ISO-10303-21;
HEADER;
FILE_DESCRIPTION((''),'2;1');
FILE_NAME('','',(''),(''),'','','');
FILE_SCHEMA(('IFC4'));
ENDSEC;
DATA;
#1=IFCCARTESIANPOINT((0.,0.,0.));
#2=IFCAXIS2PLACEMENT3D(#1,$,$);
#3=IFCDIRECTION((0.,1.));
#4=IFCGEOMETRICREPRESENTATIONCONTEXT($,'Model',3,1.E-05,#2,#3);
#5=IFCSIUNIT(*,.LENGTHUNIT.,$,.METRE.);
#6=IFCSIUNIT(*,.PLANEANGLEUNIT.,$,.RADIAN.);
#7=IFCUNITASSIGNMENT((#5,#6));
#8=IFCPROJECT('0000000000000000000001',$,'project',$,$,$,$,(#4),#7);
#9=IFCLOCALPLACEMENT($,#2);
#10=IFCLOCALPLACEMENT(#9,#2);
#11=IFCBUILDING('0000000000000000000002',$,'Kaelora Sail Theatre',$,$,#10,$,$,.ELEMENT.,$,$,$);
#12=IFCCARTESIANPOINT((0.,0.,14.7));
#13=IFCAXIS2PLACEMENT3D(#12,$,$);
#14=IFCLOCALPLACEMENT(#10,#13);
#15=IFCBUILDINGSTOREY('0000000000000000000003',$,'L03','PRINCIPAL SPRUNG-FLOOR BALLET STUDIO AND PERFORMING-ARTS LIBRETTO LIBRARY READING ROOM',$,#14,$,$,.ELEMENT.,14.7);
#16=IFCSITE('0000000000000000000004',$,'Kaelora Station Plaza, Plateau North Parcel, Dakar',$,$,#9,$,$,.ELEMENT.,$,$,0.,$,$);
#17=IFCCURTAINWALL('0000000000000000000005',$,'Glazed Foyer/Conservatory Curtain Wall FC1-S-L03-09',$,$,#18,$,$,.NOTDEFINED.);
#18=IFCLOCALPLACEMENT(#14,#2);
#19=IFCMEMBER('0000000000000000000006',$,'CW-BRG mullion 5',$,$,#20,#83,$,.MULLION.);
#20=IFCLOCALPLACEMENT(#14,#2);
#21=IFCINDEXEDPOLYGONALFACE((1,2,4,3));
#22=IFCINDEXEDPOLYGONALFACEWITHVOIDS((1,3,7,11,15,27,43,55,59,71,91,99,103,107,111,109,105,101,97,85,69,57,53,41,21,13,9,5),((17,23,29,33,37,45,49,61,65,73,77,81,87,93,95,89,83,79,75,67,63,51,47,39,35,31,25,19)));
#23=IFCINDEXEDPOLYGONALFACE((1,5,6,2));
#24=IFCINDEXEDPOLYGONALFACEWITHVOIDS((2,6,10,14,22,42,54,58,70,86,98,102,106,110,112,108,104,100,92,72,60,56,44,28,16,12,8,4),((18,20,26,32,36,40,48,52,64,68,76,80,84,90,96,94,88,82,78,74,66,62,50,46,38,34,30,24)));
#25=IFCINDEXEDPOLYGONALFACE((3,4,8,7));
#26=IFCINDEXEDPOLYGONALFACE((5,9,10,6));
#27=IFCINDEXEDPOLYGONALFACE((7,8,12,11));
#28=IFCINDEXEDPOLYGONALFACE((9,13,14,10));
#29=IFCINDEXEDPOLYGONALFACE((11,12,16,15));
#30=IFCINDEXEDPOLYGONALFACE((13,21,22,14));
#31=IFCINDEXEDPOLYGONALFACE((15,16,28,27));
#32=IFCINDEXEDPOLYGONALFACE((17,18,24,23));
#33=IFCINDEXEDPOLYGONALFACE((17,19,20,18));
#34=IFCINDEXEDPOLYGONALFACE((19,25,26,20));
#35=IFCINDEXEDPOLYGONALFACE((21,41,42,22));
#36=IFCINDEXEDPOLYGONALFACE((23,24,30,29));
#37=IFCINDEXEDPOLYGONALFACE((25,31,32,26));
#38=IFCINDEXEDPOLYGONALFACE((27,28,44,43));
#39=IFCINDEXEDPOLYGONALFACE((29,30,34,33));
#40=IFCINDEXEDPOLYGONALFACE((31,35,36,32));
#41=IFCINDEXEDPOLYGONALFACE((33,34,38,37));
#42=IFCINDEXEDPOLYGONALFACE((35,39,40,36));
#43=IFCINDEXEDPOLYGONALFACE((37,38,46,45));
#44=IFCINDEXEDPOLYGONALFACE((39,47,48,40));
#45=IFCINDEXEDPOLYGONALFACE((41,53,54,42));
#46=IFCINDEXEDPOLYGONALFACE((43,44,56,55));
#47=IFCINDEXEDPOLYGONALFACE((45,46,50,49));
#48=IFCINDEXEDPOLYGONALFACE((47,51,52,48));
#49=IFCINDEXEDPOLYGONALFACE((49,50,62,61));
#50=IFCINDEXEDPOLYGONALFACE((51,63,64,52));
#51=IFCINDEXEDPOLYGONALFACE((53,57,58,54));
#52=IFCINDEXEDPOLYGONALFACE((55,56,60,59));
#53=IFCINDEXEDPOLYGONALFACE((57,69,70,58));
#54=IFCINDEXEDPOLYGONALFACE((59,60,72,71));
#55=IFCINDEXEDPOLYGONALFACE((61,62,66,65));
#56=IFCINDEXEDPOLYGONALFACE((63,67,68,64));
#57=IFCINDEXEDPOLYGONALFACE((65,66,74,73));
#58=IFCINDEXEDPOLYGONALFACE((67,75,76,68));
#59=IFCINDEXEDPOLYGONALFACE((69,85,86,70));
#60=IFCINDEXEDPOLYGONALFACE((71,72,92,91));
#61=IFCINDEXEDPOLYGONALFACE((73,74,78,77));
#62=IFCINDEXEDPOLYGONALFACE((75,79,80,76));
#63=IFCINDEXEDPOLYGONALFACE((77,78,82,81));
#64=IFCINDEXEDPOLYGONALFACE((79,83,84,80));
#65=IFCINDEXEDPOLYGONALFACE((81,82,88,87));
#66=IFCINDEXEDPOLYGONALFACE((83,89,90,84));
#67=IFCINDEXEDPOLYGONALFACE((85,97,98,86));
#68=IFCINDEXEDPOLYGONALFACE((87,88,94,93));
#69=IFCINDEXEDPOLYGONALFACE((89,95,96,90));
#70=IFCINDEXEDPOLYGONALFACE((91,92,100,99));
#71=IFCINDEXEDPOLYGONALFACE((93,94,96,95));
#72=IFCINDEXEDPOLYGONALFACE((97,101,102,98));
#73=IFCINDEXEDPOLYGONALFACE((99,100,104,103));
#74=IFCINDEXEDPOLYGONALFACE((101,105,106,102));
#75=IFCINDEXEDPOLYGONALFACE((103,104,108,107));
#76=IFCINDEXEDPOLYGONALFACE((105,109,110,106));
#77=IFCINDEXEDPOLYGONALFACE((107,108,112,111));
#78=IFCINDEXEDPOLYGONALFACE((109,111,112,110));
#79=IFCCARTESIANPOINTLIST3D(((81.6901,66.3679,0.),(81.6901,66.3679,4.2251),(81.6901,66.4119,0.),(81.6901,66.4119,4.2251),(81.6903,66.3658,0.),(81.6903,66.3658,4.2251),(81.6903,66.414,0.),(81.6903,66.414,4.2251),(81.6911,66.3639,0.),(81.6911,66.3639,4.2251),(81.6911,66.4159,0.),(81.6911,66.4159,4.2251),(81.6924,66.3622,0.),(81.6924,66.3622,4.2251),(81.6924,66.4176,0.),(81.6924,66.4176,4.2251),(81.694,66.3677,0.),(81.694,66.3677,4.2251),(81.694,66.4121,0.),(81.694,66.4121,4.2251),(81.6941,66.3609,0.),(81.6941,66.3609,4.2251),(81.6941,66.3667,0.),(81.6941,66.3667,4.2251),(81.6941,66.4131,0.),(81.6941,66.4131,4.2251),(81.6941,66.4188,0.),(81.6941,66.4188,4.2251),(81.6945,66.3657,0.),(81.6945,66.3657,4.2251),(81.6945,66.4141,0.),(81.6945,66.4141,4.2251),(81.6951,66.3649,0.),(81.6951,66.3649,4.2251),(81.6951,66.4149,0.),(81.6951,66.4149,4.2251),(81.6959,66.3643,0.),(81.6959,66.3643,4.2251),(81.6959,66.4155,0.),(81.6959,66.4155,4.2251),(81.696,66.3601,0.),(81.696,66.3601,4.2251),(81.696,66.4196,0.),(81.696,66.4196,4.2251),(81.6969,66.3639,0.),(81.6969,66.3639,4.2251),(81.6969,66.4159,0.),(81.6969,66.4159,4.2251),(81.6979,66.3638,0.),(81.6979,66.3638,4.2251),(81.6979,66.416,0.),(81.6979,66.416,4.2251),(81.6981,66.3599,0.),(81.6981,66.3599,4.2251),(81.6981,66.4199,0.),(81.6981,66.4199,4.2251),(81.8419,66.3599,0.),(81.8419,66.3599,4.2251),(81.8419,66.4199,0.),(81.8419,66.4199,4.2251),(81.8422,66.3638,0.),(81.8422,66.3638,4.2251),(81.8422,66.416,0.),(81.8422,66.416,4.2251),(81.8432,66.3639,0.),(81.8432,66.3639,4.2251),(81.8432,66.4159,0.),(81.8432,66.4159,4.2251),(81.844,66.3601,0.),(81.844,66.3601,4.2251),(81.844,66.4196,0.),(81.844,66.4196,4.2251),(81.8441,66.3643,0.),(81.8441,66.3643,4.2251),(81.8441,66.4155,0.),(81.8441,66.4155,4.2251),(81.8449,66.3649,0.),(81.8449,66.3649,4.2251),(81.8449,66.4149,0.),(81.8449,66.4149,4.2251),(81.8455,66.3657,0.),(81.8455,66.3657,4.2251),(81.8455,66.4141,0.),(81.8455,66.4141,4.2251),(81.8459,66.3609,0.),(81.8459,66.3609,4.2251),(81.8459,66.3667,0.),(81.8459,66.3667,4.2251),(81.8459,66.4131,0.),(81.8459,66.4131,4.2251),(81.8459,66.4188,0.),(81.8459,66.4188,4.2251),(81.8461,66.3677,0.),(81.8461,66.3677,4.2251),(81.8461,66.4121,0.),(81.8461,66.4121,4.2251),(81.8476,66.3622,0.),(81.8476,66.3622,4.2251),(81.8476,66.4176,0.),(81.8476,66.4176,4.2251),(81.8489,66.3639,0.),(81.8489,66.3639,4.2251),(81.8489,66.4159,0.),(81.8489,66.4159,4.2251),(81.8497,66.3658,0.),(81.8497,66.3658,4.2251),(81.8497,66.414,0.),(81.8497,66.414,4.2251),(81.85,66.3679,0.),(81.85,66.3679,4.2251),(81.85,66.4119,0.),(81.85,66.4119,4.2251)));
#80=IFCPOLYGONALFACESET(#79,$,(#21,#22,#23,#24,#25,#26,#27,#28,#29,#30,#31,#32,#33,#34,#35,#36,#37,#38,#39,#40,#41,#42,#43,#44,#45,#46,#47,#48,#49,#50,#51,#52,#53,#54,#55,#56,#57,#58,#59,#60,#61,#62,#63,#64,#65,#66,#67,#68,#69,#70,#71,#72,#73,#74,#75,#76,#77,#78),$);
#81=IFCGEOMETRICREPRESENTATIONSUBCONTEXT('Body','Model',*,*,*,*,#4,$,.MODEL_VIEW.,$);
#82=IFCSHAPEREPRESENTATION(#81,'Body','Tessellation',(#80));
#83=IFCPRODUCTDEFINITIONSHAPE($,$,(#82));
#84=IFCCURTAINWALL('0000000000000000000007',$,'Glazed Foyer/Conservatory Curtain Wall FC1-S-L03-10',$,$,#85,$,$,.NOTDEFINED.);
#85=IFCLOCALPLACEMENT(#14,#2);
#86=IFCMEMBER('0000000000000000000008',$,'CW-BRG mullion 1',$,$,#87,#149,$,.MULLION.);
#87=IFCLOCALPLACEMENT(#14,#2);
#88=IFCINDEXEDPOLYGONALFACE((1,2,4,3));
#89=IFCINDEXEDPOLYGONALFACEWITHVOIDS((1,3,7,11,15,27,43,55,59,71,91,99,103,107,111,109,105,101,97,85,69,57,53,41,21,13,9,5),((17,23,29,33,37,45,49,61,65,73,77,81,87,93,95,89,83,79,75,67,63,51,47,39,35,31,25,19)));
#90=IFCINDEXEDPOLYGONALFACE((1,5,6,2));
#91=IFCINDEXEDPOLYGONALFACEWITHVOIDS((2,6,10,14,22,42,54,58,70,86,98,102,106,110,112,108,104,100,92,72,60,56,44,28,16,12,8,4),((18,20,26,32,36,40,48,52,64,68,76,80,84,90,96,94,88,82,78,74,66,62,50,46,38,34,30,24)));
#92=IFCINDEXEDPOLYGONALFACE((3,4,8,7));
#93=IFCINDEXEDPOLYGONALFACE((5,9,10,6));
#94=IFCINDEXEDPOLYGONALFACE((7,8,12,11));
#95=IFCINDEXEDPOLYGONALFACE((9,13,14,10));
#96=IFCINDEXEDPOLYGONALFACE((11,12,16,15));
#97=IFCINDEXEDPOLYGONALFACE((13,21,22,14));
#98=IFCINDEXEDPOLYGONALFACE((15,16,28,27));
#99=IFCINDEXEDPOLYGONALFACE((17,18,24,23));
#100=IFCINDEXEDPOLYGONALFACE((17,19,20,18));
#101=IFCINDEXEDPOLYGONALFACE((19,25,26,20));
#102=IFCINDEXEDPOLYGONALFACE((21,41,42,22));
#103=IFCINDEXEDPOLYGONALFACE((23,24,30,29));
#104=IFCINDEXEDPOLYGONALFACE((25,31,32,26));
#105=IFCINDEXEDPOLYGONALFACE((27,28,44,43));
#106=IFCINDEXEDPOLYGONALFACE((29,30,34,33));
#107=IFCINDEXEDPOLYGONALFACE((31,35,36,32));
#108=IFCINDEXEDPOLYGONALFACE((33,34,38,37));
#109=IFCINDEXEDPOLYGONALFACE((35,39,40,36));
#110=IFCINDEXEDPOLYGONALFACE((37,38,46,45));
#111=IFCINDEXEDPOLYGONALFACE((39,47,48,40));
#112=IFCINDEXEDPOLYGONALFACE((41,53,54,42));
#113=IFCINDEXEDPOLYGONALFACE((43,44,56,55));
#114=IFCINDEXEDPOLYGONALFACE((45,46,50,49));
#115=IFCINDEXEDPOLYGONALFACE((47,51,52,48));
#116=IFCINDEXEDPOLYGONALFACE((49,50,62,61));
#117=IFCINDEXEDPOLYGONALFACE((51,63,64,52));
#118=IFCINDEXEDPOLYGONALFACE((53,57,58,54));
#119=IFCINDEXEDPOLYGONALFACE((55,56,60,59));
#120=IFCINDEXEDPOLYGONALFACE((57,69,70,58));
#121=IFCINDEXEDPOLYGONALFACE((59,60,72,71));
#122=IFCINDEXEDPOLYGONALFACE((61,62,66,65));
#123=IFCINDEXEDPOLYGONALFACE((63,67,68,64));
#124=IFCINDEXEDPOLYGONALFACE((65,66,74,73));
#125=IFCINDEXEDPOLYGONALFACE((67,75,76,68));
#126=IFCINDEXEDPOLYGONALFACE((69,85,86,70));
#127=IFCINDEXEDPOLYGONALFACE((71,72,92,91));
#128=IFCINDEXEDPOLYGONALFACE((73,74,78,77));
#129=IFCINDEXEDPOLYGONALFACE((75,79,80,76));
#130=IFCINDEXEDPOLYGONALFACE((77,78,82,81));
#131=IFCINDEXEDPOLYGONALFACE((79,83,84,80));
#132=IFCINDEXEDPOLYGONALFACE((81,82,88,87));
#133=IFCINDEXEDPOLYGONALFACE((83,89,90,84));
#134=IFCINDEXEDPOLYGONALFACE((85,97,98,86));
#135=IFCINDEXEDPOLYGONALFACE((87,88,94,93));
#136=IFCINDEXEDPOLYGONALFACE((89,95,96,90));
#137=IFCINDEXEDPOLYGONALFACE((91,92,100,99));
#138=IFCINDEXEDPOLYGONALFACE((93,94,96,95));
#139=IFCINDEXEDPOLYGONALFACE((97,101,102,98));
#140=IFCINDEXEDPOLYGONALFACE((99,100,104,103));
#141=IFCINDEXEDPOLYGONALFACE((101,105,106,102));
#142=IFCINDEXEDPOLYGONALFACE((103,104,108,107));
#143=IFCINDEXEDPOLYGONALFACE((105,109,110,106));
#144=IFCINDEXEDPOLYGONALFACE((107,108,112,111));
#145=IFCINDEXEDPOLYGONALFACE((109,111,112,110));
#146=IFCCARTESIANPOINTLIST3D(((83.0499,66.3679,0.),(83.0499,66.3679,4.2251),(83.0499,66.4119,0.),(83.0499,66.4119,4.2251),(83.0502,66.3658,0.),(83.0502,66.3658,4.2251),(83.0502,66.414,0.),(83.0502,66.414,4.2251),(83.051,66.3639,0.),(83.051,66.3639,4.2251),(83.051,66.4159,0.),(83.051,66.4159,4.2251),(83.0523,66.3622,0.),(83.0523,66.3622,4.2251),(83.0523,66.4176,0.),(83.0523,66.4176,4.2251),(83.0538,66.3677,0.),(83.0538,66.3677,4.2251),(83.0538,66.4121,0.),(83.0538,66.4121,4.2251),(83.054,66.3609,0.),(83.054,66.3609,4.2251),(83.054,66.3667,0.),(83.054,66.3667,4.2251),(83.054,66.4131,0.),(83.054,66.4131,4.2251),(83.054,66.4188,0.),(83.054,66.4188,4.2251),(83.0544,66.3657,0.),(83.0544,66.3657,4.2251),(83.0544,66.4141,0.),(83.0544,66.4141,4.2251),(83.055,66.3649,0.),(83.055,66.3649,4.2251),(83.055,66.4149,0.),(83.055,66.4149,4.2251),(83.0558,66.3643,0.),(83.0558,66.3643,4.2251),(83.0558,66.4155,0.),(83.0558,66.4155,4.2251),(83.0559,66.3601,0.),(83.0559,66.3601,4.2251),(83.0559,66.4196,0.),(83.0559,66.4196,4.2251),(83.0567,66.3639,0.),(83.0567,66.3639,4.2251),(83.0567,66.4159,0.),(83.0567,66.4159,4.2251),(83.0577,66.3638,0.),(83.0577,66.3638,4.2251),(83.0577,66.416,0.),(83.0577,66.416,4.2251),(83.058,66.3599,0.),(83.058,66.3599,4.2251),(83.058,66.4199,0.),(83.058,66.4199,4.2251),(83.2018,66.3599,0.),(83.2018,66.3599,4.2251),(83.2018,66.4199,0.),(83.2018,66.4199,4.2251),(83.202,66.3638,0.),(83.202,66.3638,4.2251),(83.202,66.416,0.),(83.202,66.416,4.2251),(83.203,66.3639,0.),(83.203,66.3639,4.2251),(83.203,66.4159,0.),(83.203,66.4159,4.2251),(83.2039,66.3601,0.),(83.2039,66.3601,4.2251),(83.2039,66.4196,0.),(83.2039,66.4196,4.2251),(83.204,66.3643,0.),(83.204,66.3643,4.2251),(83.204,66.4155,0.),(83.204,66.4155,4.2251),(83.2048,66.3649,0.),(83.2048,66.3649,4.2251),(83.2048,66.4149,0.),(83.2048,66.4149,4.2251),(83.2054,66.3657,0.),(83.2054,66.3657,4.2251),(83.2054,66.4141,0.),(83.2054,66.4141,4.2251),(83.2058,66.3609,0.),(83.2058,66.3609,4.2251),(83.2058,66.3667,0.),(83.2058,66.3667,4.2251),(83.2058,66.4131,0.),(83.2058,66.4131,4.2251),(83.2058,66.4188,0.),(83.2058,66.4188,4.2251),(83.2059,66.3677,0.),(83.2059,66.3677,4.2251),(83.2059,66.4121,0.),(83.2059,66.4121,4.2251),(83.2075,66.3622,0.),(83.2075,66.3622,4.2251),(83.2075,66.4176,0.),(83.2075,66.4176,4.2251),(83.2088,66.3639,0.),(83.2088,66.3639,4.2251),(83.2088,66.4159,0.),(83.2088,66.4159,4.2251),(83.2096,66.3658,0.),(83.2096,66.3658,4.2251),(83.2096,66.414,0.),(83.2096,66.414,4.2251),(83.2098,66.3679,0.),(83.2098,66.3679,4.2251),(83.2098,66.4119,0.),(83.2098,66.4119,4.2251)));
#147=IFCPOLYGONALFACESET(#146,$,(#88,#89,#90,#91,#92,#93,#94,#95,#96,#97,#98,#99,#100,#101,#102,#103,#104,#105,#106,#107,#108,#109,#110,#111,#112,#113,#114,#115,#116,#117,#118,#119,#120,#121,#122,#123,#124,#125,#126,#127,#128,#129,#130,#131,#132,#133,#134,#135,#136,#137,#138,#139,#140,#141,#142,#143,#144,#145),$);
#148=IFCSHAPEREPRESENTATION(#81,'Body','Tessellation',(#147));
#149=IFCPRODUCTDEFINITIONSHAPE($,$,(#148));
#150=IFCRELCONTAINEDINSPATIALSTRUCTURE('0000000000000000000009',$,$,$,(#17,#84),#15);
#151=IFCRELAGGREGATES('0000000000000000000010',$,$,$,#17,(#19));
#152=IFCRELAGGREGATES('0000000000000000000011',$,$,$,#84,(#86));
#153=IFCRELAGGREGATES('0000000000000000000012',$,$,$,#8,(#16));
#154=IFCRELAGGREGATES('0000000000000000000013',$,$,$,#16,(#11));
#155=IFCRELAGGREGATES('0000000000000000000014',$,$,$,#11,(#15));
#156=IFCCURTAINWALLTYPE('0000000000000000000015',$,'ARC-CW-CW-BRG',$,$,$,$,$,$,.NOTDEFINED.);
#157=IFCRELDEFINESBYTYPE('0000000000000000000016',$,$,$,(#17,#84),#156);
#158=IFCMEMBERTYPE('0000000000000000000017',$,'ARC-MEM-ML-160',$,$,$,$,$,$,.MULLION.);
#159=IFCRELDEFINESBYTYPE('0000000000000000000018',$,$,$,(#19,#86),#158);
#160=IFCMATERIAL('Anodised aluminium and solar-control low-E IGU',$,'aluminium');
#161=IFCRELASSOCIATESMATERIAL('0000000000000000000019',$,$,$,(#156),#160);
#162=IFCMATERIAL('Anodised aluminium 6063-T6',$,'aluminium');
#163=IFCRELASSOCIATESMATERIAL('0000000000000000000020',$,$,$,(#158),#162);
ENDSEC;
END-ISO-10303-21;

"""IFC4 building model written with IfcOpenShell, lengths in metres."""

from ifc_helpers import new_model, si_unit, direction, frame, origin, origin_2d, place, context, subcontext, project, spatial, hollow_rectangle, extrude, material, material_profile, profile_set, type_object, element, aggregate, save


model = new_model("IFC4")

# Units and contexts
model_context = context("Model", 3, precision=1e-05, world=origin(), true_north=direction((0.0, 1.0)))
body_context = subcontext(model_context, "Body", "Model", "MODEL_VIEW")
ifc_project = project(units=[si_unit("LENGTHUNIT", "METRE"), si_unit("PLANEANGLEUNIT", "RADIAN")], contexts=[model_context])

# Site, building, storey
site_placement = place(None, origin())
site = spatial("IfcSite", under=ifc_project, at=site_placement, Name="Kaelora Station Plaza, Plateau North Parcel, Dakar", CompositionType="ELEMENT", RefElevation=0.0)
building_placement = place(site_placement, origin())
building = spatial("IfcBuilding", under=site, at=building_placement, Name="Kaelora Sail Theatre", CompositionType="ELEMENT")
storey_placement = place(building_placement, frame((0.0, 0.0, 14.7)))
storey = spatial("IfcBuildingStorey", under=building, at=storey_placement, Name="L03", Description="PRINCIPAL SPRUNG-FLOOR BALLET STUDIO AND PERFORMING-ARTS LIBRETTO LIBRARY READING ROOM", CompositionType="ELEMENT", Elevation=14.7)

# Curtain wall, member
ifc_material_1 = material(Name="Anodised aluminium and solar-control low-E IGU", Category="aluminium")
curtain_wall_type = type_object("IfcCurtainWallType", Name="ARC-CW-CW-BRG", PredefinedType="NOTDEFINED", material=ifc_material_1)
curtain_wall_1_placement = place(storey_placement, origin())
curtain_wall_1 = element("IfcCurtainWall", 1, at=curtain_wall_1_placement, inside=storey, type_object=curtain_wall_type, Name="Glazed Foyer/Conservatory Curtain Wall FC1-S-L03-09", PredefinedType="NOTDEFINED")
ifc_material_2 = material(Name="Anodised aluminium 6063-T6", Category="aluminium")
ifc_material_profile_1 = material_profile(ifc_material_2, hollow_rectangle(XDim=0.0601, YDim=0.1599, WallThickness=0.0039, InnerFilletRadius=0.0039, OuterFilletRadius=0.0081, at=origin_2d()), Name="ALU-MULL 60x160x4")
ifc_profile_set_1 = profile_set([ifc_material_profile_1], Name="Anodised aluminium 6063-T6")
member_type_1 = type_object("IfcMemberType", Name="ARC-MEM-ML-160", PredefinedType="MULLION", material=ifc_profile_set_1)
member_1_placement = place(storey_placement, frame((81.77, 66.3899, 0.0), z_axis=(0.0, 0.0, 1.0), x_axis=(0.0, 1.0, 0.0)))
member_1 = element("IfcMember", 2, at=member_1_placement, type_object=member_type_1, Name="CW-BRG mullion 5", PredefinedType="MULLION", context=body_context, shape_type="SweptSolid", body=[
    extrude(hollow_rectangle(XDim=0.0601, YDim=0.1599, WallThickness=0.0039, InnerFilletRadius=0.0039, OuterFilletRadius=0.0081, at=origin_2d()), origin(), (0.0, 0.0, 1.0), 4.2251),
])

# Curtain wall, member
curtain_wall_2_placement = place(storey_placement, origin())
curtain_wall_2 = element("IfcCurtainWall", 3, at=curtain_wall_2_placement, inside=storey, type_object=curtain_wall_type, Name="Glazed Foyer/Conservatory Curtain Wall FC1-S-L03-10", PredefinedType="NOTDEFINED")
member_2_placement = place(storey_placement, frame((83.1299, 66.3899, 0.0), z_axis=(0.0, 0.0, 1.0), x_axis=(0.0, 1.0, 0.0)))
member_2 = element("IfcMember", 4, at=member_2_placement, type_object=member_type_1, Name="CW-BRG mullion 1", PredefinedType="MULLION", context=body_context, shape_type="SweptSolid", body=[
    extrude(hollow_rectangle(XDim=0.0601, YDim=0.1599, WallThickness=0.0039, InnerFilletRadius=0.0039, OuterFilletRadius=0.0081, at=origin_2d()), origin(), (0.0, 0.0, 1.0), 4.2251),
])

aggregate(curtain_wall_1, [member_1])
aggregate(curtain_wall_2, [member_2])

save(model, "model.ifc")
